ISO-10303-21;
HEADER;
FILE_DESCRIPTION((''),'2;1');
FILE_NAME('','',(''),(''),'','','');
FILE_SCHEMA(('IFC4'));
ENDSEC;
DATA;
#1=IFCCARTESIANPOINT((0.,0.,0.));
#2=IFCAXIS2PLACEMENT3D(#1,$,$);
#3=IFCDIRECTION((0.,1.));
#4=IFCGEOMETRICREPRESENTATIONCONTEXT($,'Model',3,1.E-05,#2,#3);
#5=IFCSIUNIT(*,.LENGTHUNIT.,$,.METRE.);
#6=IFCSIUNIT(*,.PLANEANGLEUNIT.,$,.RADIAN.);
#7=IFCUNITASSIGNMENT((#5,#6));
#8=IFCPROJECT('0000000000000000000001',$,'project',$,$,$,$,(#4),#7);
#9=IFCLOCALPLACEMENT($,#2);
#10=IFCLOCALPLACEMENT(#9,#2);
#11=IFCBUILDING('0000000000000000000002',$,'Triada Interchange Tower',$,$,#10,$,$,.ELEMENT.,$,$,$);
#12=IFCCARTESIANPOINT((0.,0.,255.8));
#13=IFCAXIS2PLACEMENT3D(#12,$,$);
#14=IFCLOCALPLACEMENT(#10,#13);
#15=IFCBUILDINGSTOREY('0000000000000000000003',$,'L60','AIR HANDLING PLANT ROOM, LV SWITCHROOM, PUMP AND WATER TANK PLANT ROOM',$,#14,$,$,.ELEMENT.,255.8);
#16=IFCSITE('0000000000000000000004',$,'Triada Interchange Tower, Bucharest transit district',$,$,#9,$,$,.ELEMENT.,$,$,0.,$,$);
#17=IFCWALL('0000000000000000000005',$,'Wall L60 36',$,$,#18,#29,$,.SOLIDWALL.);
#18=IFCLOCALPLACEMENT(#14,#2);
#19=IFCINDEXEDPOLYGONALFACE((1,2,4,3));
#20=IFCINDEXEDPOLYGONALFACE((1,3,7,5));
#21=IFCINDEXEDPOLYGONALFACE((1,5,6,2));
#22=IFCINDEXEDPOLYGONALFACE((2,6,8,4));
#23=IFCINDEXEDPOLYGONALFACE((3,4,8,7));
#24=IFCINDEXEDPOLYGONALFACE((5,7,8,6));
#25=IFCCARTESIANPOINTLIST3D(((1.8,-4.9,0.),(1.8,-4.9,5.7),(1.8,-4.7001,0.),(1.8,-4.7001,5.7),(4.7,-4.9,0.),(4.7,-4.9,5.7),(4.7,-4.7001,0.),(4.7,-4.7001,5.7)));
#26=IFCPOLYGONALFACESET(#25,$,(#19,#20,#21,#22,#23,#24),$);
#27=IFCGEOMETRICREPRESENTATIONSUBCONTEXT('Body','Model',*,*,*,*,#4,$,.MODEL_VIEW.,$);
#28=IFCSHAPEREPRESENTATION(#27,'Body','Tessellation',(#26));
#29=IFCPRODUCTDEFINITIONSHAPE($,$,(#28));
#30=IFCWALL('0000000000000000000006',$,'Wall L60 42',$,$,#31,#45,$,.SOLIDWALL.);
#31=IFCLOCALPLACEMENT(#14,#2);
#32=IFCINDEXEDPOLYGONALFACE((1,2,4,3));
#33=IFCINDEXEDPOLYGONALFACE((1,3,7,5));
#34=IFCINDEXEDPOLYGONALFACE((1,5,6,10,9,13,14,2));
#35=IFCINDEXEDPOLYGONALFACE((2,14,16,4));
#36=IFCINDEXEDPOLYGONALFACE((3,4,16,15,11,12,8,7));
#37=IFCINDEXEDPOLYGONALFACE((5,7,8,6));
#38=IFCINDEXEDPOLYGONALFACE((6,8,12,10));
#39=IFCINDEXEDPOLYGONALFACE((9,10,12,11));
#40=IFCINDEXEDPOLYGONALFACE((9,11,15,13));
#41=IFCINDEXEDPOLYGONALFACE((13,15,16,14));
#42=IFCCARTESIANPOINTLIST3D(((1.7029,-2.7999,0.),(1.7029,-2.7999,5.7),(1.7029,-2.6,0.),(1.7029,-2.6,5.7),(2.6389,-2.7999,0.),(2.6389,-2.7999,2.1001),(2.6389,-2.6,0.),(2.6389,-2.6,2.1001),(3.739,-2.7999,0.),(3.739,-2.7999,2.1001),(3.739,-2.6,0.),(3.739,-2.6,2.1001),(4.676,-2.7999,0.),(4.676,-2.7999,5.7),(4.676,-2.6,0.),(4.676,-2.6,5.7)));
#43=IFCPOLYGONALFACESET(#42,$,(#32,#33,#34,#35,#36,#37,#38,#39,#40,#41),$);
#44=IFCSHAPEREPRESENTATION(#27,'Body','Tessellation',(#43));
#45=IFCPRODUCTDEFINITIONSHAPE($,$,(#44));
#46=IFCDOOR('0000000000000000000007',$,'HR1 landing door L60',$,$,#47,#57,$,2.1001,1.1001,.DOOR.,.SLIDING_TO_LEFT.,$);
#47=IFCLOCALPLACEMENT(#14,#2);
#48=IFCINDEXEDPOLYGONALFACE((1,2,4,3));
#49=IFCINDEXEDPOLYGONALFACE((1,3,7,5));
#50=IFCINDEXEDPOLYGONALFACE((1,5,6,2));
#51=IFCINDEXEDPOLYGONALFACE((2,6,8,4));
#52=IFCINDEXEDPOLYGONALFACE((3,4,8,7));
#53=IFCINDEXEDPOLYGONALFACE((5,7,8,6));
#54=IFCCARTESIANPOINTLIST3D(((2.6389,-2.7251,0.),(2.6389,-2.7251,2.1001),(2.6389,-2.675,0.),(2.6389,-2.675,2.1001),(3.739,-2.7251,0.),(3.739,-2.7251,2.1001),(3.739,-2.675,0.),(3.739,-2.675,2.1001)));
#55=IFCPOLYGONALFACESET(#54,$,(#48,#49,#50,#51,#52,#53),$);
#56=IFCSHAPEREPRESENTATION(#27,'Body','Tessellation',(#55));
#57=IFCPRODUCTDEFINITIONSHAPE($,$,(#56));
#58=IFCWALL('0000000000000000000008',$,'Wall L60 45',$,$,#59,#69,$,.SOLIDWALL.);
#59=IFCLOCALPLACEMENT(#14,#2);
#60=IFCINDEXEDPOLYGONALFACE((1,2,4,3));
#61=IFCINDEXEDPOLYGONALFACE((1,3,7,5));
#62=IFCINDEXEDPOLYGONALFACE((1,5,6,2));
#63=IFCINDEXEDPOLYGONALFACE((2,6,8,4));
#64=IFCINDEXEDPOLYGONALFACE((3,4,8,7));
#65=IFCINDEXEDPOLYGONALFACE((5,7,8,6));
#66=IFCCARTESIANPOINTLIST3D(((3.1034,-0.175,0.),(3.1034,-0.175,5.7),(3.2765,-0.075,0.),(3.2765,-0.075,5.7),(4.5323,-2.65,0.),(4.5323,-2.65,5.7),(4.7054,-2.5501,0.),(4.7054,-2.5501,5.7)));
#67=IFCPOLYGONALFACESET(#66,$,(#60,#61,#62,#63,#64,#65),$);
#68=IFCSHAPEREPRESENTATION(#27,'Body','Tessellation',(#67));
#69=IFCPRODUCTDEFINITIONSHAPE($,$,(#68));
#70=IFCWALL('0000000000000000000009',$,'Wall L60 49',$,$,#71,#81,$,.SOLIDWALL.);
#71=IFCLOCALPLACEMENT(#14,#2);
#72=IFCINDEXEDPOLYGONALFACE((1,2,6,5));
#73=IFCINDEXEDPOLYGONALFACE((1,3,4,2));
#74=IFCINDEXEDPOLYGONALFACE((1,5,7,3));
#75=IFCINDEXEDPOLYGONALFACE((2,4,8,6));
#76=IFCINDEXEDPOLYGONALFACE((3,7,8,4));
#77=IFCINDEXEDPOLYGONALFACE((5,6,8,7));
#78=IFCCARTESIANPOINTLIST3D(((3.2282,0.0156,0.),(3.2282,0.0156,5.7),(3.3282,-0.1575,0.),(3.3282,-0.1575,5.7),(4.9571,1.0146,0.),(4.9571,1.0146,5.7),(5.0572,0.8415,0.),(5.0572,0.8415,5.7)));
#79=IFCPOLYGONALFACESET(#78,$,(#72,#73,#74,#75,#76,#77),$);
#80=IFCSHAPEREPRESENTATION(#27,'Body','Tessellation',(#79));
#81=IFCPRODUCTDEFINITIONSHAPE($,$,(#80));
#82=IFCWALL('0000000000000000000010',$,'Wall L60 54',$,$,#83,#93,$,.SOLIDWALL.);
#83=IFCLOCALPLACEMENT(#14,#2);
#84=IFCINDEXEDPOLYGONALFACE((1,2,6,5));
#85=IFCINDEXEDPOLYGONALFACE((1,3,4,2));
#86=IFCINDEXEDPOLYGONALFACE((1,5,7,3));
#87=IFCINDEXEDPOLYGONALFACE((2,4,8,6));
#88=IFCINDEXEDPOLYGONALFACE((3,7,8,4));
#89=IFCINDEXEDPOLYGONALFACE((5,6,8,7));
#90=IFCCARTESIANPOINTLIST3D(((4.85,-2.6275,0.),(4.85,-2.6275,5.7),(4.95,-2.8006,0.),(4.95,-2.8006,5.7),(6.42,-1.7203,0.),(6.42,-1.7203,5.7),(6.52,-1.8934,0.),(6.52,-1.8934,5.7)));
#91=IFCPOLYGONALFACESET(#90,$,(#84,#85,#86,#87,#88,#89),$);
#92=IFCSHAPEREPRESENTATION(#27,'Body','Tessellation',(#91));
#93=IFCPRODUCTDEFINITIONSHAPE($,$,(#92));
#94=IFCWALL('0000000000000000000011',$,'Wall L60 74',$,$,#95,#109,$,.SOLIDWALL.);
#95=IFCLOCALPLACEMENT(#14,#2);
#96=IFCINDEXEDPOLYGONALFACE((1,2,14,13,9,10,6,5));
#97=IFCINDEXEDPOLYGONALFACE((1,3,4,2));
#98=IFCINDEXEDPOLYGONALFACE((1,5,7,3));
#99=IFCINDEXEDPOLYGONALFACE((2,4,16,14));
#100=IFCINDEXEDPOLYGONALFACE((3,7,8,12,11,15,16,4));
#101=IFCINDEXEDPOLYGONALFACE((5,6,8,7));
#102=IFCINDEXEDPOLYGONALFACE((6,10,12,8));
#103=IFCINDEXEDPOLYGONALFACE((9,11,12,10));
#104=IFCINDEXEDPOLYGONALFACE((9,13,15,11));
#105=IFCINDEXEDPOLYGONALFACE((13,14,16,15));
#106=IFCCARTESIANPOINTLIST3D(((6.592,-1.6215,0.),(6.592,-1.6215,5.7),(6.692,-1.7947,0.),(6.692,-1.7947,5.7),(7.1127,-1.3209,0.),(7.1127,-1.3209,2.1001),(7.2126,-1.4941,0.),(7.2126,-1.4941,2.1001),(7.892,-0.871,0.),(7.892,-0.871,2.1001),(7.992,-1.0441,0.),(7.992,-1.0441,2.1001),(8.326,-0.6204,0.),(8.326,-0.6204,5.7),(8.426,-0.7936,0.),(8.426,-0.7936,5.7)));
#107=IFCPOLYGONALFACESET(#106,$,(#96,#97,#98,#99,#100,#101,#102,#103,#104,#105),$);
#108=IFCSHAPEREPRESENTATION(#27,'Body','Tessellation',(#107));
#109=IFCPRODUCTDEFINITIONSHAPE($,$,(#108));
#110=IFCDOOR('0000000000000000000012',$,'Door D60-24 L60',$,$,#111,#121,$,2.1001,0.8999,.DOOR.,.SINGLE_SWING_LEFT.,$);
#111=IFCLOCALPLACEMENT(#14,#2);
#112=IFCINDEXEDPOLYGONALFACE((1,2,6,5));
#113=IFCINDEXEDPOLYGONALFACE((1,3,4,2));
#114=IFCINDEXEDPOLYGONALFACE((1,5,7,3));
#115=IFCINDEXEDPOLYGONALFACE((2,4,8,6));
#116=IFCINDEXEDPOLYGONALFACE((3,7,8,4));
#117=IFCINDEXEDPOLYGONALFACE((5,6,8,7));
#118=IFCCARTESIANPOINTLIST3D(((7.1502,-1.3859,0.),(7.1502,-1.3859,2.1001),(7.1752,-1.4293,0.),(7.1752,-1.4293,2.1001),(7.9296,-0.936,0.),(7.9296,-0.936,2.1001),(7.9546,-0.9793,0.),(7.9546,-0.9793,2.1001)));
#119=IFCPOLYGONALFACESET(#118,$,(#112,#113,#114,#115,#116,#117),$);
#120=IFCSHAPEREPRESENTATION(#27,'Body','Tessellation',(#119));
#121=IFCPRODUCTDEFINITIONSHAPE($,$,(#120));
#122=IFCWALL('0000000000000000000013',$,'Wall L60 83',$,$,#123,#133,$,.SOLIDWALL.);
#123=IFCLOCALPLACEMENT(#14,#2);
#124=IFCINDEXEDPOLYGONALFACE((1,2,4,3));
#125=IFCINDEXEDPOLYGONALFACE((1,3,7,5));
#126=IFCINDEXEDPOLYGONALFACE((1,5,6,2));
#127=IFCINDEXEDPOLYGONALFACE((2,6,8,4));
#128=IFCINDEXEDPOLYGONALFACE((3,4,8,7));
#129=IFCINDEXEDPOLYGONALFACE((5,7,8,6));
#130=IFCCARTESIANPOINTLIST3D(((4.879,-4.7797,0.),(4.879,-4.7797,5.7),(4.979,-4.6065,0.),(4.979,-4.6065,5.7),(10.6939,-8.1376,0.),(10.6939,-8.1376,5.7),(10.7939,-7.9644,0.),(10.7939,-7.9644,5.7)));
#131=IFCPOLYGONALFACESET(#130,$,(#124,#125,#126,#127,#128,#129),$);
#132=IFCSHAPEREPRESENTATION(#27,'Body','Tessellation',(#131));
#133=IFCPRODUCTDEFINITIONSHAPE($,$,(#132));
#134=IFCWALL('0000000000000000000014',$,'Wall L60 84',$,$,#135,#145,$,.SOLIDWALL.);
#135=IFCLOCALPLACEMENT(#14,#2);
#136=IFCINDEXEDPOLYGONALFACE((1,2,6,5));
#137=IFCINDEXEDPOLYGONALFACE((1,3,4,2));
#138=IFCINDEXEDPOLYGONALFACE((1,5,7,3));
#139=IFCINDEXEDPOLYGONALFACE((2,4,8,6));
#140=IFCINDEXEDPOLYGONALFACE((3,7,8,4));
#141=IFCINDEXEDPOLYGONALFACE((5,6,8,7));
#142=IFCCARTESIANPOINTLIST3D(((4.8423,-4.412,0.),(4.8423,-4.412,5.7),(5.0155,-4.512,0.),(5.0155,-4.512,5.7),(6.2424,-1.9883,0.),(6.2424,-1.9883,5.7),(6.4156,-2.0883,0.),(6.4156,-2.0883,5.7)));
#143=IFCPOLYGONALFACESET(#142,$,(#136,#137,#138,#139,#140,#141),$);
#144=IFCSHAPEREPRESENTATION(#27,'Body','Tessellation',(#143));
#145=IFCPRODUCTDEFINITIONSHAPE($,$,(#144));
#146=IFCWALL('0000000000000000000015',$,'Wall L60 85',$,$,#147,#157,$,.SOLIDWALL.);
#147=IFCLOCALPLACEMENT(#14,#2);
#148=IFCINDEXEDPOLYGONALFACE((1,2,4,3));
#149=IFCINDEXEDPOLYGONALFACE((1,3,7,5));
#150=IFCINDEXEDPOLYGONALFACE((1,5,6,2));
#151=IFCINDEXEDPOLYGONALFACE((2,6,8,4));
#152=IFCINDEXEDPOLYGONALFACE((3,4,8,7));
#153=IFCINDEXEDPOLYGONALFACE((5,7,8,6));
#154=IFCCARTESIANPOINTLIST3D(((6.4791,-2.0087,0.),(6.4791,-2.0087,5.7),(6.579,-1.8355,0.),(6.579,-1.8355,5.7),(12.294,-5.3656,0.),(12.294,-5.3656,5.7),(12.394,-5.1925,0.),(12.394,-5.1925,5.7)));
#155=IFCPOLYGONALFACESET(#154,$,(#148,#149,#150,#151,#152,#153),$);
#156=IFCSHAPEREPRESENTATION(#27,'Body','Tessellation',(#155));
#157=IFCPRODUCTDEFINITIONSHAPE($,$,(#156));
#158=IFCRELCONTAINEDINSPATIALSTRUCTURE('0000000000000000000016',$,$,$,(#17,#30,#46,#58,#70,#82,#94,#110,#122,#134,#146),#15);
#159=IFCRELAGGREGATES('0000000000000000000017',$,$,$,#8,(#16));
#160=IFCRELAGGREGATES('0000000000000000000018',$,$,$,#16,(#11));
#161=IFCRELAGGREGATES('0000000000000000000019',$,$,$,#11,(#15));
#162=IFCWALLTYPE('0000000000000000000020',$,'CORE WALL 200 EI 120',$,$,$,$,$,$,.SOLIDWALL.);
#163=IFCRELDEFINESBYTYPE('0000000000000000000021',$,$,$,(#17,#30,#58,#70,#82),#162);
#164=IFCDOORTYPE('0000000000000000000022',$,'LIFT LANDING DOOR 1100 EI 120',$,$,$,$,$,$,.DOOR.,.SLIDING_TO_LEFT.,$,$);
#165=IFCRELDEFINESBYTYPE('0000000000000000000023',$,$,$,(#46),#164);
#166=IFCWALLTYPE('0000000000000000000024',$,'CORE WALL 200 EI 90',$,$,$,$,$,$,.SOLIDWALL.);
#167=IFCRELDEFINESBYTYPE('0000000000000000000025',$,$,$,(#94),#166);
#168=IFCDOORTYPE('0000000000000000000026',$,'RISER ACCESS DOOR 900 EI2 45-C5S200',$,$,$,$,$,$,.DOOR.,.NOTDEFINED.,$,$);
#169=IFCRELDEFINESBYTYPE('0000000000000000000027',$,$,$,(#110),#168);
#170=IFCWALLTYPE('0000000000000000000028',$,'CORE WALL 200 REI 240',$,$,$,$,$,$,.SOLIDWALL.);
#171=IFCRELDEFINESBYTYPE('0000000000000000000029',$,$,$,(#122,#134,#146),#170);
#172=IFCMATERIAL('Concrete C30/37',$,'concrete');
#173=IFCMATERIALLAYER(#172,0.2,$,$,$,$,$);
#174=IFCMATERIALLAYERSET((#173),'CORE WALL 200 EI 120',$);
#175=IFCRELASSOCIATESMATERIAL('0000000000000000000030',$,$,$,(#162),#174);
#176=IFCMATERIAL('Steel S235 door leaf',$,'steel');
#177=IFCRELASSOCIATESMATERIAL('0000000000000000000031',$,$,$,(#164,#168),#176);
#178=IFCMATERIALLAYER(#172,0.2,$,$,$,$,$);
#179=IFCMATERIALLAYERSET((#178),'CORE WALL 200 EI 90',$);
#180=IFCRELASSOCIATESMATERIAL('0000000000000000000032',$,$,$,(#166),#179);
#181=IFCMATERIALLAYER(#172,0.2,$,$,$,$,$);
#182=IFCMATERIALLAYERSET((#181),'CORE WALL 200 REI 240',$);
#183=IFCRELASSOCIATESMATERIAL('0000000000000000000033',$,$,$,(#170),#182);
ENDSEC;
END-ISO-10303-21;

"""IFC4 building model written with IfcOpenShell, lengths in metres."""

from ifc_helpers import new_model, si_unit, direction, frame, frame_2d, origin, place, context, subcontext, project, spatial, rectangle, extrude, material, layer, layer_set, type_object, element, fill, save


model = new_model("IFC4")

# Units and contexts
model_context = context("Model", 3, precision=1e-05, world=origin(), true_north=direction((0.0, 1.0)))
body_context = subcontext(model_context, "Body", "Model", "MODEL_VIEW")
ifc_project = project(units=[si_unit("LENGTHUNIT", "METRE"), si_unit("PLANEANGLEUNIT", "RADIAN")], contexts=[model_context])

# Site, building, storey
site_placement = place(None, origin())
site = spatial("IfcSite", under=ifc_project, at=site_placement, Name="Triada Interchange Tower, Bucharest transit district", CompositionType="ELEMENT", RefElevation=0.0)
building_placement = place(site_placement, origin())
building = spatial("IfcBuilding", under=site, at=building_placement, Name="Triada Interchange Tower", CompositionType="ELEMENT")
storey_placement = place(building_placement, frame((0.0, 0.0, 255.8)))
storey = spatial("IfcBuildingStorey", under=building, at=storey_placement, Name="L60", Description="AIR HANDLING PLANT ROOM, LV SWITCHROOM, PUMP AND WATER TANK PLANT ROOM", CompositionType="ELEMENT", Elevation=255.8)

# Wall
ifc_material_1 = material(Name="Concrete C30/37", Category="concrete")
ifc_layer_1 = layer(ifc_material_1, 0.2)
ifc_layer_set_1 = layer_set([ifc_layer_1], Name="CORE WALL 200 EI 120")
wall_type_1 = type_object("IfcWallType", Name="CORE WALL 200 EI 120", PredefinedType="SOLIDWALL", material=ifc_layer_set_1)
wall_1_placement = place(storey_placement, frame((1.8, -4.8, 0.0), z_axis=(0.0, 0.0, 1.0), x_axis=(1.0, 0.0, 0.0)))
element("IfcWall", 1, at=wall_1_placement, inside=storey, type_object=wall_type_1, Name="Wall L60 36", PredefinedType="SOLIDWALL", context=body_context, shape_type="SweptSolid", body=[
    extrude(rectangle(XDim=2.8999, YDim=0.2, at=frame_2d((1.45, 0.0))), origin(), (0.0, 0.0, 1.0), 5.7),
])

# Wall, opening, door
wall_2_placement = place(storey_placement, frame((1.7029, -2.7, 0.0), z_axis=(0.0, 0.0, 1.0), x_axis=(1.0, 0.0, 0.0)))
wall_2 = element("IfcWall", 2, at=wall_2_placement, inside=storey, type_object=wall_type_1, Name="Wall L60 42", PredefinedType="SOLIDWALL", context=body_context, shape_type="SweptSolid", body=[
    extrude(rectangle(XDim=2.9731, YDim=0.2, at=frame_2d((1.4866, 0.0))), origin(), (0.0, 0.0, 1.0), 5.7),
])
opening_1_placement = place(wall_2_placement, frame((0.936, 0.0, 0.0)))
opening_1 = element("IfcOpeningElement", 3, at=opening_1_placement, cuts=wall_2, PredefinedType="OPENING", context=body_context, shape_type="SweptSolid", body=[
    extrude(rectangle(XDim=1.1001, YDim=2.1001, at=frame_2d((0.55, 1.05))), frame((0.0, 0.1099, 0.0), z_axis=(0.0, -1.0, 0.0), x_axis=(1.0, 0.0, 0.0)), (0.0, 0.0, 1.0), 0.22),
])
ifc_material_2 = material(Name="Steel S235 door leaf", Category="steel")
door_type_1 = type_object("IfcDoorType", Name="LIFT LANDING DOOR 1100 EI 120", OperationType="SLIDING_TO_LEFT", PredefinedType="DOOR", material=ifc_material_2)
door_1_placement = place(opening_1_placement, origin())
door_1 = element("IfcDoor", 4, at=door_1_placement, inside=storey, type_object=door_type_1, Name="HR1 landing door L60", OperationType="SLIDING_TO_LEFT", OverallHeight=2.1001, OverallWidth=1.1001, PredefinedType="DOOR", context=body_context, shape_type="SweptSolid", body=[
    extrude(rectangle(XDim=1.1001, YDim=2.1001, at=frame_2d((0.55, 1.05))), frame((0.0, 0.0249, 0.0), z_axis=(0.0, -1.0, 0.0), x_axis=(1.0, 0.0, 0.0)), (0.0, 0.0, 1.0), 0.05),
])
fill(opening_1, door_1)

# Walls
wall_3_placement = place(storey_placement, frame((3.1899, -0.125, 0.0), z_axis=(0.0, 0.0, 1.0), x_axis=(0.499989, -0.866032, 0.0)))
element("IfcWall", 5, at=wall_3_placement, inside=storey, type_object=wall_type_1, Name="Wall L60 45", PredefinedType="SOLIDWALL", context=body_context, shape_type="SweptSolid", body=[
    extrude(rectangle(XDim=2.8579, YDim=0.2, at=frame_2d((1.429, 0.0))), origin(), (0.0, 0.0, 1.0), 5.7),
])
wall_4_placement = place(storey_placement, frame((3.2781, -0.071, 0.0), z_axis=(0.0, 0.0, 1.0), x_axis=(0.865856, 0.500294, 0.0)))
element("IfcWall", 6, at=wall_4_placement, inside=storey, type_object=wall_type_1, Name="Wall L60 49", PredefinedType="SOLIDWALL", context=body_context, shape_type="SweptSolid", body=[
    extrude(rectangle(XDim=1.9968, YDim=0.2, at=frame_2d((0.9985, 0.0))), origin(), (0.0, 0.0, 1.0), 5.7),
])
wall_5_placement = place(storey_placement, frame((4.8999, -2.7141, 0.0), z_axis=(0.0, 0.0, 1.0), x_axis=(0.865847, 0.500309, 0.0)))
element("IfcWall", 7, at=wall_5_placement, inside=storey, type_object=wall_type_1, Name="Wall L60 54", PredefinedType="SOLIDWALL", context=body_context, shape_type="SweptSolid", body=[
    extrude(rectangle(XDim=1.8132, YDim=0.2, at=frame_2d((0.9067, 0.0))), origin(), (0.0, 0.0, 1.0), 5.7),
])

# Wall, opening, door
ifc_layer_2 = layer(ifc_material_1, 0.2)
ifc_layer_set_2 = layer_set([ifc_layer_2], Name="CORE WALL 200 EI 90")
wall_type_2 = type_object("IfcWallType", Name="CORE WALL 200 EI 90", PredefinedType="SOLIDWALL", material=ifc_layer_set_2)
wall_6_placement = place(storey_placement, frame((6.6421, -1.708, 0.0), z_axis=(0.0, 0.0, 1.0), x_axis=(0.866043, 0.499969, 0.0)))
wall_6 = element("IfcWall", 8, at=wall_6_placement, inside=storey, type_object=wall_type_2, Name="Wall L60 74", PredefinedType="SOLIDWALL", context=body_context, shape_type="SweptSolid", body=[
    extrude(rectangle(XDim=2.0022, YDim=0.2, at=frame_2d((1.001, 0.0))), origin(), (0.0, 0.0, 1.0), 5.7),
])
opening_2_placement = place(wall_6_placement, frame((0.6011, 0.0, 0.0)))
opening_2 = element("IfcOpeningElement", 9, at=opening_2_placement, cuts=wall_6, PredefinedType="OPENING", context=body_context, shape_type="SweptSolid", body=[
    extrude(rectangle(XDim=0.8999, YDim=2.1001, at=frame_2d((0.45, 1.05))), frame((0.0, 0.1099, 0.0), z_axis=(0.0, -1.0, 0.0), x_axis=(1.0, 0.0, 0.0)), (0.0, 0.0, 1.0), 0.22),
])
door_type_2 = type_object("IfcDoorType", Name="RISER ACCESS DOOR 900 EI2 45-C5S200", OperationType="NOTDEFINED", PredefinedType="DOOR", material=ifc_material_2)
door_2_placement = place(opening_2_placement, origin())
door_2 = element("IfcDoor", 10, at=door_2_placement, inside=storey, type_object=door_type_2, Name="Door D60-24 L60", OperationType="SINGLE_SWING_LEFT", OverallHeight=2.1001, OverallWidth=0.8999, PredefinedType="DOOR", context=body_context, shape_type="SweptSolid", body=[
    extrude(rectangle(XDim=0.8999, YDim=2.1001, at=frame_2d((0.45, 1.05))), frame((0.0, 0.0249, 0.0), z_axis=(0.0, -1.0, 0.0), x_axis=(1.0, 0.0, 0.0)), (0.0, 0.0, 1.0), 0.05),
])
fill(opening_2, door_2)

# Walls
ifc_layer_3 = layer(ifc_material_1, 0.2)
ifc_layer_set_3 = layer_set([ifc_layer_3], Name="CORE WALL 200 REI 240")
wall_type_3 = type_object("IfcWallType", Name="CORE WALL 200 REI 240", PredefinedType="SOLIDWALL", material=ifc_layer_set_3)
wall_7_placement = place(storey_placement, frame((4.929, -4.6931, 0.0), z_axis=(0.0, 0.0, 1.0), x_axis=(0.865983, -0.500073, 0.0)))
element("IfcWall", 11, at=wall_7_placement, inside=storey, type_object=wall_type_3, Name="Wall L60 83", PredefinedType="SOLIDWALL", context=body_context, shape_type="SweptSolid", body=[
    extrude(rectangle(XDim=6.7148, YDim=0.2, at=frame_2d((3.3574, 0.0))), origin(), (0.0, 0.0, 1.0), 5.7),
])
wall_8_placement = place(storey_placement, frame((4.929, -4.4619, 0.0), z_axis=(0.0, 0.0, 1.0), x_axis=(0.500201, 0.86591, 0.0)))
element("IfcWall", 12, at=wall_8_placement, inside=storey, type_object=wall_type_3, Name="Wall L60 84", PredefinedType="SOLIDWALL", context=body_context, shape_type="SweptSolid", body=[
    extrude(rectangle(XDim=2.7991, YDim=0.2, at=frame_2d((1.3994, 0.0))), origin(), (0.0, 0.0, 1.0), 5.7),
])
wall_9_placement = place(storey_placement, frame((6.5291, -1.9221, 0.0), z_axis=(0.0, 0.0, 1.0), x_axis=(0.866046, -0.499964, 0.0)))
element("IfcWall", 13, at=wall_9_placement, inside=storey, type_object=wall_type_3, Name="Wall L60 85", PredefinedType="SOLIDWALL", context=body_context, shape_type="SweptSolid", body=[
    extrude(rectangle(XDim=6.7144, YDim=0.2, at=frame_2d((3.3572, 0.0))), origin(), (0.0, 0.0, 1.0), 5.7),
])

save(model, "model.ifc")
